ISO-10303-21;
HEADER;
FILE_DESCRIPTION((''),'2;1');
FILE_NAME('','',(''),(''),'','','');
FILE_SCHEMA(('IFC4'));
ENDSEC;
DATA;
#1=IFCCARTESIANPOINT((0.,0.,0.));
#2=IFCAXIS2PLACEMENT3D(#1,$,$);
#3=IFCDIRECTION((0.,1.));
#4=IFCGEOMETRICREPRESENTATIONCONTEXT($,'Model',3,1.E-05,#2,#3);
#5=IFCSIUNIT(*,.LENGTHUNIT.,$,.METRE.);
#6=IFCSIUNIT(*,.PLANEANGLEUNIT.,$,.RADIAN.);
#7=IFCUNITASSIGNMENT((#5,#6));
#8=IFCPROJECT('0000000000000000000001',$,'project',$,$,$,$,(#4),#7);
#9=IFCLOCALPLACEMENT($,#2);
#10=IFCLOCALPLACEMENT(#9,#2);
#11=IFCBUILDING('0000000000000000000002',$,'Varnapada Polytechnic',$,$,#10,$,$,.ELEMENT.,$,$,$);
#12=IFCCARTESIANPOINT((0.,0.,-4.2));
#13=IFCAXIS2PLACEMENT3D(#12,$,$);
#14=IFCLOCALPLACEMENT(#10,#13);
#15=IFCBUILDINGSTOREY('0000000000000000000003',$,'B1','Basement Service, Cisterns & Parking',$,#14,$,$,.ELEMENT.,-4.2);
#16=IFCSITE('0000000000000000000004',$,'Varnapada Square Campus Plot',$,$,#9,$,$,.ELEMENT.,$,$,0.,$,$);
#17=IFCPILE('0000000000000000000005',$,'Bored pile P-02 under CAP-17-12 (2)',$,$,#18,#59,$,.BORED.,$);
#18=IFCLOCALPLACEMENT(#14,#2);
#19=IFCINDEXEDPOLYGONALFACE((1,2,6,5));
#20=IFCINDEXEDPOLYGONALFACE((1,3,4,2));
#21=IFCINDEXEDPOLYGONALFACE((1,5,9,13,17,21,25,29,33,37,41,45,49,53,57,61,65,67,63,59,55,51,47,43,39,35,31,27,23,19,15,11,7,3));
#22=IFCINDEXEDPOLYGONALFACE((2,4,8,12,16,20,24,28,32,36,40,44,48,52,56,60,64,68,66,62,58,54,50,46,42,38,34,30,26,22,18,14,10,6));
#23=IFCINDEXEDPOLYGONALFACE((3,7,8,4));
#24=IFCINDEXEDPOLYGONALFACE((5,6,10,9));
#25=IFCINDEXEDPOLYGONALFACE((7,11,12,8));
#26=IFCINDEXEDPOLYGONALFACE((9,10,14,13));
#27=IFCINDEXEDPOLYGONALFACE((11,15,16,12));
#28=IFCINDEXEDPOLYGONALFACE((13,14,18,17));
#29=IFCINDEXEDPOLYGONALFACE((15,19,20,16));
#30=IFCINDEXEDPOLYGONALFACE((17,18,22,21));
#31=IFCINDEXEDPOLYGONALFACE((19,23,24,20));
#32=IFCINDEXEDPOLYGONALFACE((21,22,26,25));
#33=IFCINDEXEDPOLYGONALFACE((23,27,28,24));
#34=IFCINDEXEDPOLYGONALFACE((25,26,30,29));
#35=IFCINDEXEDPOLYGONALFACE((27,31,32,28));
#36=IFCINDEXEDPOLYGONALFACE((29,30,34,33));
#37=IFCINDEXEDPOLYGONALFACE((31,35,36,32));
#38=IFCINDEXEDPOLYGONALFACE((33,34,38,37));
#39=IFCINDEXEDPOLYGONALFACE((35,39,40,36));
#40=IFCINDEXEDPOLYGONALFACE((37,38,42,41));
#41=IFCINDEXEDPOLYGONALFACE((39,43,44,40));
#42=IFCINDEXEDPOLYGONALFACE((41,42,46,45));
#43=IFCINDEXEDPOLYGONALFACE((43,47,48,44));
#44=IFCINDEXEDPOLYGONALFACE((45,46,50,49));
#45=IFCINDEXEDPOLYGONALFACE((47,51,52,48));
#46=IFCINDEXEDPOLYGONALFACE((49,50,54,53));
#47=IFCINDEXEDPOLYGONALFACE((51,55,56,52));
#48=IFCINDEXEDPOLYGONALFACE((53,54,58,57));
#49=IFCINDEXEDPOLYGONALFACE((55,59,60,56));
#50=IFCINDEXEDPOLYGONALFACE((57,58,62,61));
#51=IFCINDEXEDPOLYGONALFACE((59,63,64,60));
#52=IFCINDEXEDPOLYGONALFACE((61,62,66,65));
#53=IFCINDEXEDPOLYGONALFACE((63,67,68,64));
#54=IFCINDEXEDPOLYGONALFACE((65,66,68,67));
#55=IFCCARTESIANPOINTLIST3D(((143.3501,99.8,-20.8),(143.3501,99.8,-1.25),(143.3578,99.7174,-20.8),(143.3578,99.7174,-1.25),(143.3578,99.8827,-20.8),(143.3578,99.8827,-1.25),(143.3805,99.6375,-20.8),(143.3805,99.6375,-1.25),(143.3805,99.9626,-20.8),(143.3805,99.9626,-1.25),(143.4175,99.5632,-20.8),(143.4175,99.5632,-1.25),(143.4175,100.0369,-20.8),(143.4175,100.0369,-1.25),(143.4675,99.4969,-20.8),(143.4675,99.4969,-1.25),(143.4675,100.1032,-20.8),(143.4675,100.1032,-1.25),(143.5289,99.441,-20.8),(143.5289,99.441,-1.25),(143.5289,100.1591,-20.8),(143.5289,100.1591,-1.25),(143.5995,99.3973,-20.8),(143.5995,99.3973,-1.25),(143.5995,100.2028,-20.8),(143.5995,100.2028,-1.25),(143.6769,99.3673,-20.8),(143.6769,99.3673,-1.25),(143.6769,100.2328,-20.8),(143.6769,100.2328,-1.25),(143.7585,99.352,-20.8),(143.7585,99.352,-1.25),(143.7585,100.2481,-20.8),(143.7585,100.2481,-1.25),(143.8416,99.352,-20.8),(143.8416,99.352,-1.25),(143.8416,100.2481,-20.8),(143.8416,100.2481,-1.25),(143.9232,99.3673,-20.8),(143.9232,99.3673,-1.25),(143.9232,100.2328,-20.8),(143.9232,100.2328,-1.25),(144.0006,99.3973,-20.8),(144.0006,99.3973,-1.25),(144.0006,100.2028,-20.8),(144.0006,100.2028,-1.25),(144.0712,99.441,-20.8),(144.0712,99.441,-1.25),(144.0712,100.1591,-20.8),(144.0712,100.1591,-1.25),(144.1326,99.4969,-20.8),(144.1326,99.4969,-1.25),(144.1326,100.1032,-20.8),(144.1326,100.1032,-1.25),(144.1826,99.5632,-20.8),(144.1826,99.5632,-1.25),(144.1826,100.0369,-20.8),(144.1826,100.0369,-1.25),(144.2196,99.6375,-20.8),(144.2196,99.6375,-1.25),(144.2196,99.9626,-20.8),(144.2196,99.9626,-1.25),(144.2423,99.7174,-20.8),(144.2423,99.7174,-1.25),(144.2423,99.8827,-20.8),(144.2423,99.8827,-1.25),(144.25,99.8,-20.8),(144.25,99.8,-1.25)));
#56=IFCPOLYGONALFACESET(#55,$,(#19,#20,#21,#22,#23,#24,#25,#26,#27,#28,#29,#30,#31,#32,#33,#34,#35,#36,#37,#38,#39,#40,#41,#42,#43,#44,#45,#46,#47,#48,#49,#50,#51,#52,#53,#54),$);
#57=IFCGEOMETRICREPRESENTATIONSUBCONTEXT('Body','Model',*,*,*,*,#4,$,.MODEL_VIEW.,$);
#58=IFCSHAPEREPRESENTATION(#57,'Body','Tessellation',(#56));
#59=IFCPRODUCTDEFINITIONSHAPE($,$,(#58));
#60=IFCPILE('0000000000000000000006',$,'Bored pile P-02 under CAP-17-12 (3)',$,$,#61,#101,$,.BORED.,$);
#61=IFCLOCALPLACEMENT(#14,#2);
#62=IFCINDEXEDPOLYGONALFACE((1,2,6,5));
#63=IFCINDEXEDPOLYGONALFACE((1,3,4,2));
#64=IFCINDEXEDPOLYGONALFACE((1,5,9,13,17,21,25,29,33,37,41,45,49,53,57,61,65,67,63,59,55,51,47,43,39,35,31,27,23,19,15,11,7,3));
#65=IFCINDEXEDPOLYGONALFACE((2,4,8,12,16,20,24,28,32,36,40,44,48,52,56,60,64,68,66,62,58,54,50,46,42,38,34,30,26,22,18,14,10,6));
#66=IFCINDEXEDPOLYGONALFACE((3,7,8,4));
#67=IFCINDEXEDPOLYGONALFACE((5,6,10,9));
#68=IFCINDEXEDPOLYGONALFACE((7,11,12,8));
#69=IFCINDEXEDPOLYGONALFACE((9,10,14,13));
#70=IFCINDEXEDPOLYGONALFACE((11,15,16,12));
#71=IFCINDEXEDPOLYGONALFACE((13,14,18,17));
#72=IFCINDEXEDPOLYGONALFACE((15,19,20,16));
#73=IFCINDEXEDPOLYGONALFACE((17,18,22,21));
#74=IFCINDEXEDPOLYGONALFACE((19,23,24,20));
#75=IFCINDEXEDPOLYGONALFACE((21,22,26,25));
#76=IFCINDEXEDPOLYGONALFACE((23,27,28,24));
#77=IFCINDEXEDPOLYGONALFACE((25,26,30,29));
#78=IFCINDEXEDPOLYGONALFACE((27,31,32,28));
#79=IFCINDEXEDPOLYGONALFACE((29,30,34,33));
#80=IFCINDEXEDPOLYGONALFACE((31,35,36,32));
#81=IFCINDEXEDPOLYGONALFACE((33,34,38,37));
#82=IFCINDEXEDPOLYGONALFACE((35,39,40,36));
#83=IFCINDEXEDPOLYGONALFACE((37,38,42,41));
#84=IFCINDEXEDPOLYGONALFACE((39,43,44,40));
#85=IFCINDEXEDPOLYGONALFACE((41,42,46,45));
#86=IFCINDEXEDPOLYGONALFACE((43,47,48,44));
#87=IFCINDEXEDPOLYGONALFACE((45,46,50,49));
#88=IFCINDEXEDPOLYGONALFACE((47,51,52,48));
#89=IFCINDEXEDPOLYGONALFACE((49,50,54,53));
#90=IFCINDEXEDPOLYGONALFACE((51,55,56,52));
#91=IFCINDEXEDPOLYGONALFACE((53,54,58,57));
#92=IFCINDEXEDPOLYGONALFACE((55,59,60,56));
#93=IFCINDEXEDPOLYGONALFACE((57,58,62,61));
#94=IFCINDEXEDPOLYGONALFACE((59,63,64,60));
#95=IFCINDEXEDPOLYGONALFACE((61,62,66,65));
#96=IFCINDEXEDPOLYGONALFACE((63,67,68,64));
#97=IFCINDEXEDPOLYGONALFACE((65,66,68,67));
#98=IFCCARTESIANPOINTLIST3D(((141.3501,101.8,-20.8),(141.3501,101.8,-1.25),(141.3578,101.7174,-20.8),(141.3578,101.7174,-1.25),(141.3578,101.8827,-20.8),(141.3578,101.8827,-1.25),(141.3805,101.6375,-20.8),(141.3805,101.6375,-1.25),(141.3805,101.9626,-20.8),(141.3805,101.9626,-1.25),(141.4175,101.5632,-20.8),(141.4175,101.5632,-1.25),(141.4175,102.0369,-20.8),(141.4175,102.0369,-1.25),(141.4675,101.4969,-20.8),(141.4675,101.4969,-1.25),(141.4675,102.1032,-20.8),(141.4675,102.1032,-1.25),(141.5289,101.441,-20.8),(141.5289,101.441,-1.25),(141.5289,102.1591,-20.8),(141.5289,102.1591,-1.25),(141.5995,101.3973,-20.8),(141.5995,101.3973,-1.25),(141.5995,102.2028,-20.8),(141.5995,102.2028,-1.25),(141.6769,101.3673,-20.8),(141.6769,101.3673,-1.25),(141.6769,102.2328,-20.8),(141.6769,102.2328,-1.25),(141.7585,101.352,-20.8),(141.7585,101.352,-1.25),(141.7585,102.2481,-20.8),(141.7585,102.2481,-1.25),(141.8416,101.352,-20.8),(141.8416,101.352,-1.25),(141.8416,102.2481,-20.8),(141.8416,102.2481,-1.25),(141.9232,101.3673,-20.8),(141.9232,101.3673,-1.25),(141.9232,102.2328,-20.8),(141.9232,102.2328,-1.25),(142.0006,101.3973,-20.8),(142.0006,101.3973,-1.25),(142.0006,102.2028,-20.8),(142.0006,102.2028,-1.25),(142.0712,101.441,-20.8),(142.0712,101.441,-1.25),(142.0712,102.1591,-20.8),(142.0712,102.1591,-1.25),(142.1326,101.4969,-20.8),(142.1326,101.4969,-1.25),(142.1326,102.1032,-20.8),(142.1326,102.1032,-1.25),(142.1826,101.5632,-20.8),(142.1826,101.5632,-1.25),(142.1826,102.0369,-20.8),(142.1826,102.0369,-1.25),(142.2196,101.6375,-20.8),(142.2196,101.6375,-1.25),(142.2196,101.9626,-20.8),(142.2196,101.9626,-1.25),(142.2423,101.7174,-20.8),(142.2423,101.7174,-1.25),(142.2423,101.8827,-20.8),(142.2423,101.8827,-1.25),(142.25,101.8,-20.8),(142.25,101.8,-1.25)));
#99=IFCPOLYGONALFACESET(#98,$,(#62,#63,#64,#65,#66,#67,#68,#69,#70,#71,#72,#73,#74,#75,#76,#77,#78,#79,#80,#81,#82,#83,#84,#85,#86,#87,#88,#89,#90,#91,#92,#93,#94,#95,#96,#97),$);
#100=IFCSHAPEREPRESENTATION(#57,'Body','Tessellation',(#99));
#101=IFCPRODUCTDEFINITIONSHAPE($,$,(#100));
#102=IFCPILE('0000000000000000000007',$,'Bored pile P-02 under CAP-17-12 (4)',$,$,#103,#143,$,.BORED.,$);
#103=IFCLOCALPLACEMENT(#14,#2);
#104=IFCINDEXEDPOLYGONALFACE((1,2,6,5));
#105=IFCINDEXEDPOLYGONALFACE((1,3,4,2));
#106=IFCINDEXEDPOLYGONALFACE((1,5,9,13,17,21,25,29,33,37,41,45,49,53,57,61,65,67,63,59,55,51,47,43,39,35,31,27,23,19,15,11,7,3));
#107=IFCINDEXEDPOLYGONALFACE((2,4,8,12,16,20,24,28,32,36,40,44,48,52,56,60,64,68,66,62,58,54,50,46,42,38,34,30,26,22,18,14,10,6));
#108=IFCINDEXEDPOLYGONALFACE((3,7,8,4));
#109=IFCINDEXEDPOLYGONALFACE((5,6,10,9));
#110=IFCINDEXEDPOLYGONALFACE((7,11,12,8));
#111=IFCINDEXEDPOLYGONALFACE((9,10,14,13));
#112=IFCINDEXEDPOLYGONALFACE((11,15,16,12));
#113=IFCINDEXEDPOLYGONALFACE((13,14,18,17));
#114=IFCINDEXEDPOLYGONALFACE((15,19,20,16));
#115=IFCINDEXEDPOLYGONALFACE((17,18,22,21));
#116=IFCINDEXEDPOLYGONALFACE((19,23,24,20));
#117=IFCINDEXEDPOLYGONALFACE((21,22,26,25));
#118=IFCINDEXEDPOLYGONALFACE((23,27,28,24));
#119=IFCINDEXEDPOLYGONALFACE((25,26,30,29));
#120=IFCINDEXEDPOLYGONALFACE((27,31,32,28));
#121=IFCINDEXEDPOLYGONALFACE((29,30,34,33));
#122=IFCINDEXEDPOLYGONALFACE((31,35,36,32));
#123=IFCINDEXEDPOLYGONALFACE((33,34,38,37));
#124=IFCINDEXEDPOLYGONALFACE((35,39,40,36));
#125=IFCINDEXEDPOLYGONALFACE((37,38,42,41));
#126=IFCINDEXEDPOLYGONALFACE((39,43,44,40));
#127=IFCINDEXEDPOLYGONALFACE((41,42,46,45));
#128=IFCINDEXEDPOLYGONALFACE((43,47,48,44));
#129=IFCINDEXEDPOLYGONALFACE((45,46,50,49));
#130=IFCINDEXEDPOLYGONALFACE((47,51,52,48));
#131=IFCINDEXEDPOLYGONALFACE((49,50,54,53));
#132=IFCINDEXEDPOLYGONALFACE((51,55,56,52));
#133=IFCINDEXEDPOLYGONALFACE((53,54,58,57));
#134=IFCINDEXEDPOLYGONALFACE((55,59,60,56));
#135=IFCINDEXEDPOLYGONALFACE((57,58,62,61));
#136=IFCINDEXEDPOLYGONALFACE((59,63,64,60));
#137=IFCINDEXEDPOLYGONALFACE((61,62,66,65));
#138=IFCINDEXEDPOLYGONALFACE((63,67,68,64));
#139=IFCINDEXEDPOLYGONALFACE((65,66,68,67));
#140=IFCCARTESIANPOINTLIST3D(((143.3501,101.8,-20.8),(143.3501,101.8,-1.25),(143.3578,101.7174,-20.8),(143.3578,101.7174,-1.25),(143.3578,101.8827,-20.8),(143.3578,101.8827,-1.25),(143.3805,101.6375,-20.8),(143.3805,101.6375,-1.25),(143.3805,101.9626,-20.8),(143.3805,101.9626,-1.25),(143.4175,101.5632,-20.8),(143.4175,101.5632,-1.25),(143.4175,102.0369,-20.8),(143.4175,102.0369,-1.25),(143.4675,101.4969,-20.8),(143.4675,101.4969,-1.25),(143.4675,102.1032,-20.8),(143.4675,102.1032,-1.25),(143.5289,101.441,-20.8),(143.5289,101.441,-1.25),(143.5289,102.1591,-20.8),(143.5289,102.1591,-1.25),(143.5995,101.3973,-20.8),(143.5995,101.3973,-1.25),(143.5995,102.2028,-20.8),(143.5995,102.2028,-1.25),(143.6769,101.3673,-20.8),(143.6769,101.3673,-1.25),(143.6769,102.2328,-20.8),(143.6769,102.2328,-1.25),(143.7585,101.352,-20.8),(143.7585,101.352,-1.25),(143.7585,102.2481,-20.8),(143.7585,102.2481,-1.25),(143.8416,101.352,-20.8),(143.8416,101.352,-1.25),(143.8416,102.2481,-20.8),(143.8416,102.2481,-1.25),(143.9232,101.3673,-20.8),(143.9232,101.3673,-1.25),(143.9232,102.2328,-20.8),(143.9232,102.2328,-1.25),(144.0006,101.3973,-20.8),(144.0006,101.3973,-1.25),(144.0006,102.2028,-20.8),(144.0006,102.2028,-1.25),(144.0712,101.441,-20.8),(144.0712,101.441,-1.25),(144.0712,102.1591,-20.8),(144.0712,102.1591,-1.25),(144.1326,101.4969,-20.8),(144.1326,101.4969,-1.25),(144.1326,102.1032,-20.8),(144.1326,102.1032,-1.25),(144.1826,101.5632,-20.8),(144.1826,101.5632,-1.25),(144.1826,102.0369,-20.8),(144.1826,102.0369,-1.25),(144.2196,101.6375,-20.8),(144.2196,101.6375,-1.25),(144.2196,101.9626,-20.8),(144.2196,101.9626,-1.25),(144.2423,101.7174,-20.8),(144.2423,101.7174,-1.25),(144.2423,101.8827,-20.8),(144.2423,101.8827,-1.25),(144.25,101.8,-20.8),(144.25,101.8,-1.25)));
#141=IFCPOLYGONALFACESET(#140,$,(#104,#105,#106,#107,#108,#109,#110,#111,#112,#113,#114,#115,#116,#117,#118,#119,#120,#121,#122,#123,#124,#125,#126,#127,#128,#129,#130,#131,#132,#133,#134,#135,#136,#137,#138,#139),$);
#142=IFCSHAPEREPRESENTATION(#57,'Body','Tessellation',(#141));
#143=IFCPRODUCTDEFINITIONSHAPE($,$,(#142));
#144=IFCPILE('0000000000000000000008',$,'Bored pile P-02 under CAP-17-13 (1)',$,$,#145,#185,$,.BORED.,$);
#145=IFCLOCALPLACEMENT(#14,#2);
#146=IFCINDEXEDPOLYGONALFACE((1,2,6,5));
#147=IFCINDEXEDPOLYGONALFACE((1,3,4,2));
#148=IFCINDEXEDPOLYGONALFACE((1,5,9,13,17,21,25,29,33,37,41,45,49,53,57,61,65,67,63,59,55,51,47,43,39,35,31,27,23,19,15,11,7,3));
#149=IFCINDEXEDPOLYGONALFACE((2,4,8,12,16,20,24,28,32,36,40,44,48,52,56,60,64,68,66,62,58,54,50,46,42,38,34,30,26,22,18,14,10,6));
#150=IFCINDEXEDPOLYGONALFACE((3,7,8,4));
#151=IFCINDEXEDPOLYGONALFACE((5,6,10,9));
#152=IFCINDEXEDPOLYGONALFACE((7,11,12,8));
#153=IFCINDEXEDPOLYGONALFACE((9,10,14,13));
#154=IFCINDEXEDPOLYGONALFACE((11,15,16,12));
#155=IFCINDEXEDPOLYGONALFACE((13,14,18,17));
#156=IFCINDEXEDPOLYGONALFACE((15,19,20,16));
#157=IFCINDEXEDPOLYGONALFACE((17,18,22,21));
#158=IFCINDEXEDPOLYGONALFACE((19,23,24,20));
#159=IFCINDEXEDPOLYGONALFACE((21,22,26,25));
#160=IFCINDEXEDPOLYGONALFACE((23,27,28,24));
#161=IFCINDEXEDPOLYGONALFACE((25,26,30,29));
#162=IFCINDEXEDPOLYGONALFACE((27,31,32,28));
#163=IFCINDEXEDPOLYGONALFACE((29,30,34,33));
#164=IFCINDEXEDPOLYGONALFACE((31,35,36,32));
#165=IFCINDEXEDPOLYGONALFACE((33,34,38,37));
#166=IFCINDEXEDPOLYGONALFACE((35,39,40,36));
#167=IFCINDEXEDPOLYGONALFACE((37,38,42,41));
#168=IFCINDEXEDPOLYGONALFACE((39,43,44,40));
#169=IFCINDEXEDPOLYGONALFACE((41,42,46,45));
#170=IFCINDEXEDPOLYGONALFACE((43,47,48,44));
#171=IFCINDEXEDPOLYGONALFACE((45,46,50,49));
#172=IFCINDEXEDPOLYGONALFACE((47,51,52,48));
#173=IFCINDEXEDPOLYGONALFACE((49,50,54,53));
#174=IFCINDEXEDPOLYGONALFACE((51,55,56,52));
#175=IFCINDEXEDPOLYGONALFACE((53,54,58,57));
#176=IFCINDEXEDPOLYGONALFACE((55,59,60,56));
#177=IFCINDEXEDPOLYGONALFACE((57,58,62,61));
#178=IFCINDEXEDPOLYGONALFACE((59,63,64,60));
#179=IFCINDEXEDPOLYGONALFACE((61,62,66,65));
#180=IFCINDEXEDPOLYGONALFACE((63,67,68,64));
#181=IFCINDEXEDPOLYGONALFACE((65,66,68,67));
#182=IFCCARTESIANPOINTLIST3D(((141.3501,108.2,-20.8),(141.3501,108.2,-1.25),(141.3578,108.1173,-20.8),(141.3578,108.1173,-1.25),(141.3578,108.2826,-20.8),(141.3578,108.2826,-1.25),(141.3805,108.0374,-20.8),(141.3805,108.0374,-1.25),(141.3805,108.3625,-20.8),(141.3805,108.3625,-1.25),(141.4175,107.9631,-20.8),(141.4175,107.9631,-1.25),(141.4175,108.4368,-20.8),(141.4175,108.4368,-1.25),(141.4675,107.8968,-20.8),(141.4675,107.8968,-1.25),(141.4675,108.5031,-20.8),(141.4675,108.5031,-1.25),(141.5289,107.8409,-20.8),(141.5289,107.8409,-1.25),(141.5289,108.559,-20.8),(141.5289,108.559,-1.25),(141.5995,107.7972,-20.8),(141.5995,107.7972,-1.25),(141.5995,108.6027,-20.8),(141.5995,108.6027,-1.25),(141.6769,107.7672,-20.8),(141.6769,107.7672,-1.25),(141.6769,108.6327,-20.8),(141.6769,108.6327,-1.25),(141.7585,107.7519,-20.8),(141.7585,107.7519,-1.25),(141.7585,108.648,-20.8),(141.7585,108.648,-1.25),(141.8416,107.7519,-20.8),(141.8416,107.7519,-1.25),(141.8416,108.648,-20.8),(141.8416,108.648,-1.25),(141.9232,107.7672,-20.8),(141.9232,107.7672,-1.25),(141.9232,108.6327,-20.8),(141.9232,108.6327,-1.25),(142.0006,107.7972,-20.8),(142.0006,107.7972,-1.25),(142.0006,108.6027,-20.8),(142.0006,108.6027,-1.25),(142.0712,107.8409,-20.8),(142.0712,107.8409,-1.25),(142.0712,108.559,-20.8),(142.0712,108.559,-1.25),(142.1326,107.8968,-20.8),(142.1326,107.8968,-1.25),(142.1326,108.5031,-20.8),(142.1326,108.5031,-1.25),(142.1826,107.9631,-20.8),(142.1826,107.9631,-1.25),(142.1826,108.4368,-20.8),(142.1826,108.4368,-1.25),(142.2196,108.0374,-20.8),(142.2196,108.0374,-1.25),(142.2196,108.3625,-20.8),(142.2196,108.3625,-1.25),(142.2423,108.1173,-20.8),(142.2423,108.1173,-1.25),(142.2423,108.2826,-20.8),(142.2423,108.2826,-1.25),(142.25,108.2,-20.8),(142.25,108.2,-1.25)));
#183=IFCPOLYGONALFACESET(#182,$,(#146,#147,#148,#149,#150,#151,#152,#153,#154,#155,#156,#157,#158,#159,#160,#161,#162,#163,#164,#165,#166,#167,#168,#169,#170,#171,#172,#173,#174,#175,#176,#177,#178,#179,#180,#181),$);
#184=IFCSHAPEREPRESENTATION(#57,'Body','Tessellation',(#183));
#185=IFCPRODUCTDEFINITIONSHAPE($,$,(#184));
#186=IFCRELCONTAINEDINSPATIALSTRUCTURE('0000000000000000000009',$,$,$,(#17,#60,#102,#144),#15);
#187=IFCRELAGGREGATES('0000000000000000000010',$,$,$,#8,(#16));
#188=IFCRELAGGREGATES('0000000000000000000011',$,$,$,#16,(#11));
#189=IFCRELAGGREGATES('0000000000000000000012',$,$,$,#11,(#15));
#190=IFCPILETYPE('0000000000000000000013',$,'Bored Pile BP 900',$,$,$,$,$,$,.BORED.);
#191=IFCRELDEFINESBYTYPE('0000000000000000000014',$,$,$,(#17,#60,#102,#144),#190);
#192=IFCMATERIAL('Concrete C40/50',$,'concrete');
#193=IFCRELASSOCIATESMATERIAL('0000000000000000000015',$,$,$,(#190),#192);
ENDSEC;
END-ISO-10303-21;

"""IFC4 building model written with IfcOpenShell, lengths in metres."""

from ifc_helpers import new_model, si_unit, direction, frame, origin, origin_2d, place, context, subcontext, project, spatial, circle, extrude, material, material_profile, profile_set, type_object, element, save


model = new_model("IFC4")

# Units and contexts
model_context = context("Model", 3, precision=1e-05, world=origin(), true_north=direction((0.0, 1.0)))
body_context = subcontext(model_context, "Body", "Model", "MODEL_VIEW")
ifc_project = project(units=[si_unit("LENGTHUNIT", "METRE"), si_unit("PLANEANGLEUNIT", "RADIAN")], contexts=[model_context])

# Site, building, storey
site_placement = place(None, origin())
site = spatial("IfcSite", under=ifc_project, at=site_placement, Name="Varnapada Square Campus Plot", CompositionType="ELEMENT", RefElevation=0.0)
building_placement = place(site_placement, origin())
building = spatial("IfcBuilding", under=site, at=building_placement, Name="Varnapada Polytechnic", CompositionType="ELEMENT")
storey_placement = place(building_placement, frame((0.0, 0.0, -4.2)))
storey = spatial("IfcBuildingStorey", under=building, at=storey_placement, Name="B1", Description="Basement Service, Cisterns & Parking", CompositionType="ELEMENT", Elevation=-4.2)

# Piles
ifc_material_1 = material(Name="Concrete C40/50", Category="concrete")
ifc_material_profile_1 = material_profile(ifc_material_1, circle(Radius=0.45, at=origin_2d()), Name="BP 900")
ifc_profile_set_1 = profile_set([ifc_material_profile_1], Name="Concrete C40/50")
pile_type_1 = type_object("IfcPileType", Name="Bored Pile BP 900", PredefinedType="BORED", material=ifc_profile_set_1)
for number, where, z_axis, x_axis, name in (
    (1, (143.8, 99.8, -1.25), (0.0, 0.0, -1.0), (1.0, 0.0, 0.0), "Bored pile P-02 under CAP-17-12 (2)"),
    (2, (141.8, 101.8, -1.25), (0.0, 0.0, -1.0), (1.0, 0.0, 0.0), "Bored pile P-02 under CAP-17-12 (3)"),
    (3, (143.8, 101.8, -1.25), (0.0, 0.0, -1.0), (1.0, 0.0, 0.0), "Bored pile P-02 under CAP-17-12 (4)"),
    (4, (141.8, 108.2, -1.25), (0.0, 0.0, -1.0), (1.0, 0.0, 0.0), "Bored pile P-02 under CAP-17-13 (1)"),
):
    element("IfcPile", number, at=place(storey_placement, frame(where, z_axis=z_axis, x_axis=x_axis)), inside=storey, type_object=pile_type_1, Name=name, PredefinedType="BORED", context=body_context, shape_type="SweptSolid", body=[
        extrude(circle(Radius=0.45, at=origin_2d()), origin(), (0.0, 0.0, 1.0), 19.55),
    ])

save(model, "model.ifc")
